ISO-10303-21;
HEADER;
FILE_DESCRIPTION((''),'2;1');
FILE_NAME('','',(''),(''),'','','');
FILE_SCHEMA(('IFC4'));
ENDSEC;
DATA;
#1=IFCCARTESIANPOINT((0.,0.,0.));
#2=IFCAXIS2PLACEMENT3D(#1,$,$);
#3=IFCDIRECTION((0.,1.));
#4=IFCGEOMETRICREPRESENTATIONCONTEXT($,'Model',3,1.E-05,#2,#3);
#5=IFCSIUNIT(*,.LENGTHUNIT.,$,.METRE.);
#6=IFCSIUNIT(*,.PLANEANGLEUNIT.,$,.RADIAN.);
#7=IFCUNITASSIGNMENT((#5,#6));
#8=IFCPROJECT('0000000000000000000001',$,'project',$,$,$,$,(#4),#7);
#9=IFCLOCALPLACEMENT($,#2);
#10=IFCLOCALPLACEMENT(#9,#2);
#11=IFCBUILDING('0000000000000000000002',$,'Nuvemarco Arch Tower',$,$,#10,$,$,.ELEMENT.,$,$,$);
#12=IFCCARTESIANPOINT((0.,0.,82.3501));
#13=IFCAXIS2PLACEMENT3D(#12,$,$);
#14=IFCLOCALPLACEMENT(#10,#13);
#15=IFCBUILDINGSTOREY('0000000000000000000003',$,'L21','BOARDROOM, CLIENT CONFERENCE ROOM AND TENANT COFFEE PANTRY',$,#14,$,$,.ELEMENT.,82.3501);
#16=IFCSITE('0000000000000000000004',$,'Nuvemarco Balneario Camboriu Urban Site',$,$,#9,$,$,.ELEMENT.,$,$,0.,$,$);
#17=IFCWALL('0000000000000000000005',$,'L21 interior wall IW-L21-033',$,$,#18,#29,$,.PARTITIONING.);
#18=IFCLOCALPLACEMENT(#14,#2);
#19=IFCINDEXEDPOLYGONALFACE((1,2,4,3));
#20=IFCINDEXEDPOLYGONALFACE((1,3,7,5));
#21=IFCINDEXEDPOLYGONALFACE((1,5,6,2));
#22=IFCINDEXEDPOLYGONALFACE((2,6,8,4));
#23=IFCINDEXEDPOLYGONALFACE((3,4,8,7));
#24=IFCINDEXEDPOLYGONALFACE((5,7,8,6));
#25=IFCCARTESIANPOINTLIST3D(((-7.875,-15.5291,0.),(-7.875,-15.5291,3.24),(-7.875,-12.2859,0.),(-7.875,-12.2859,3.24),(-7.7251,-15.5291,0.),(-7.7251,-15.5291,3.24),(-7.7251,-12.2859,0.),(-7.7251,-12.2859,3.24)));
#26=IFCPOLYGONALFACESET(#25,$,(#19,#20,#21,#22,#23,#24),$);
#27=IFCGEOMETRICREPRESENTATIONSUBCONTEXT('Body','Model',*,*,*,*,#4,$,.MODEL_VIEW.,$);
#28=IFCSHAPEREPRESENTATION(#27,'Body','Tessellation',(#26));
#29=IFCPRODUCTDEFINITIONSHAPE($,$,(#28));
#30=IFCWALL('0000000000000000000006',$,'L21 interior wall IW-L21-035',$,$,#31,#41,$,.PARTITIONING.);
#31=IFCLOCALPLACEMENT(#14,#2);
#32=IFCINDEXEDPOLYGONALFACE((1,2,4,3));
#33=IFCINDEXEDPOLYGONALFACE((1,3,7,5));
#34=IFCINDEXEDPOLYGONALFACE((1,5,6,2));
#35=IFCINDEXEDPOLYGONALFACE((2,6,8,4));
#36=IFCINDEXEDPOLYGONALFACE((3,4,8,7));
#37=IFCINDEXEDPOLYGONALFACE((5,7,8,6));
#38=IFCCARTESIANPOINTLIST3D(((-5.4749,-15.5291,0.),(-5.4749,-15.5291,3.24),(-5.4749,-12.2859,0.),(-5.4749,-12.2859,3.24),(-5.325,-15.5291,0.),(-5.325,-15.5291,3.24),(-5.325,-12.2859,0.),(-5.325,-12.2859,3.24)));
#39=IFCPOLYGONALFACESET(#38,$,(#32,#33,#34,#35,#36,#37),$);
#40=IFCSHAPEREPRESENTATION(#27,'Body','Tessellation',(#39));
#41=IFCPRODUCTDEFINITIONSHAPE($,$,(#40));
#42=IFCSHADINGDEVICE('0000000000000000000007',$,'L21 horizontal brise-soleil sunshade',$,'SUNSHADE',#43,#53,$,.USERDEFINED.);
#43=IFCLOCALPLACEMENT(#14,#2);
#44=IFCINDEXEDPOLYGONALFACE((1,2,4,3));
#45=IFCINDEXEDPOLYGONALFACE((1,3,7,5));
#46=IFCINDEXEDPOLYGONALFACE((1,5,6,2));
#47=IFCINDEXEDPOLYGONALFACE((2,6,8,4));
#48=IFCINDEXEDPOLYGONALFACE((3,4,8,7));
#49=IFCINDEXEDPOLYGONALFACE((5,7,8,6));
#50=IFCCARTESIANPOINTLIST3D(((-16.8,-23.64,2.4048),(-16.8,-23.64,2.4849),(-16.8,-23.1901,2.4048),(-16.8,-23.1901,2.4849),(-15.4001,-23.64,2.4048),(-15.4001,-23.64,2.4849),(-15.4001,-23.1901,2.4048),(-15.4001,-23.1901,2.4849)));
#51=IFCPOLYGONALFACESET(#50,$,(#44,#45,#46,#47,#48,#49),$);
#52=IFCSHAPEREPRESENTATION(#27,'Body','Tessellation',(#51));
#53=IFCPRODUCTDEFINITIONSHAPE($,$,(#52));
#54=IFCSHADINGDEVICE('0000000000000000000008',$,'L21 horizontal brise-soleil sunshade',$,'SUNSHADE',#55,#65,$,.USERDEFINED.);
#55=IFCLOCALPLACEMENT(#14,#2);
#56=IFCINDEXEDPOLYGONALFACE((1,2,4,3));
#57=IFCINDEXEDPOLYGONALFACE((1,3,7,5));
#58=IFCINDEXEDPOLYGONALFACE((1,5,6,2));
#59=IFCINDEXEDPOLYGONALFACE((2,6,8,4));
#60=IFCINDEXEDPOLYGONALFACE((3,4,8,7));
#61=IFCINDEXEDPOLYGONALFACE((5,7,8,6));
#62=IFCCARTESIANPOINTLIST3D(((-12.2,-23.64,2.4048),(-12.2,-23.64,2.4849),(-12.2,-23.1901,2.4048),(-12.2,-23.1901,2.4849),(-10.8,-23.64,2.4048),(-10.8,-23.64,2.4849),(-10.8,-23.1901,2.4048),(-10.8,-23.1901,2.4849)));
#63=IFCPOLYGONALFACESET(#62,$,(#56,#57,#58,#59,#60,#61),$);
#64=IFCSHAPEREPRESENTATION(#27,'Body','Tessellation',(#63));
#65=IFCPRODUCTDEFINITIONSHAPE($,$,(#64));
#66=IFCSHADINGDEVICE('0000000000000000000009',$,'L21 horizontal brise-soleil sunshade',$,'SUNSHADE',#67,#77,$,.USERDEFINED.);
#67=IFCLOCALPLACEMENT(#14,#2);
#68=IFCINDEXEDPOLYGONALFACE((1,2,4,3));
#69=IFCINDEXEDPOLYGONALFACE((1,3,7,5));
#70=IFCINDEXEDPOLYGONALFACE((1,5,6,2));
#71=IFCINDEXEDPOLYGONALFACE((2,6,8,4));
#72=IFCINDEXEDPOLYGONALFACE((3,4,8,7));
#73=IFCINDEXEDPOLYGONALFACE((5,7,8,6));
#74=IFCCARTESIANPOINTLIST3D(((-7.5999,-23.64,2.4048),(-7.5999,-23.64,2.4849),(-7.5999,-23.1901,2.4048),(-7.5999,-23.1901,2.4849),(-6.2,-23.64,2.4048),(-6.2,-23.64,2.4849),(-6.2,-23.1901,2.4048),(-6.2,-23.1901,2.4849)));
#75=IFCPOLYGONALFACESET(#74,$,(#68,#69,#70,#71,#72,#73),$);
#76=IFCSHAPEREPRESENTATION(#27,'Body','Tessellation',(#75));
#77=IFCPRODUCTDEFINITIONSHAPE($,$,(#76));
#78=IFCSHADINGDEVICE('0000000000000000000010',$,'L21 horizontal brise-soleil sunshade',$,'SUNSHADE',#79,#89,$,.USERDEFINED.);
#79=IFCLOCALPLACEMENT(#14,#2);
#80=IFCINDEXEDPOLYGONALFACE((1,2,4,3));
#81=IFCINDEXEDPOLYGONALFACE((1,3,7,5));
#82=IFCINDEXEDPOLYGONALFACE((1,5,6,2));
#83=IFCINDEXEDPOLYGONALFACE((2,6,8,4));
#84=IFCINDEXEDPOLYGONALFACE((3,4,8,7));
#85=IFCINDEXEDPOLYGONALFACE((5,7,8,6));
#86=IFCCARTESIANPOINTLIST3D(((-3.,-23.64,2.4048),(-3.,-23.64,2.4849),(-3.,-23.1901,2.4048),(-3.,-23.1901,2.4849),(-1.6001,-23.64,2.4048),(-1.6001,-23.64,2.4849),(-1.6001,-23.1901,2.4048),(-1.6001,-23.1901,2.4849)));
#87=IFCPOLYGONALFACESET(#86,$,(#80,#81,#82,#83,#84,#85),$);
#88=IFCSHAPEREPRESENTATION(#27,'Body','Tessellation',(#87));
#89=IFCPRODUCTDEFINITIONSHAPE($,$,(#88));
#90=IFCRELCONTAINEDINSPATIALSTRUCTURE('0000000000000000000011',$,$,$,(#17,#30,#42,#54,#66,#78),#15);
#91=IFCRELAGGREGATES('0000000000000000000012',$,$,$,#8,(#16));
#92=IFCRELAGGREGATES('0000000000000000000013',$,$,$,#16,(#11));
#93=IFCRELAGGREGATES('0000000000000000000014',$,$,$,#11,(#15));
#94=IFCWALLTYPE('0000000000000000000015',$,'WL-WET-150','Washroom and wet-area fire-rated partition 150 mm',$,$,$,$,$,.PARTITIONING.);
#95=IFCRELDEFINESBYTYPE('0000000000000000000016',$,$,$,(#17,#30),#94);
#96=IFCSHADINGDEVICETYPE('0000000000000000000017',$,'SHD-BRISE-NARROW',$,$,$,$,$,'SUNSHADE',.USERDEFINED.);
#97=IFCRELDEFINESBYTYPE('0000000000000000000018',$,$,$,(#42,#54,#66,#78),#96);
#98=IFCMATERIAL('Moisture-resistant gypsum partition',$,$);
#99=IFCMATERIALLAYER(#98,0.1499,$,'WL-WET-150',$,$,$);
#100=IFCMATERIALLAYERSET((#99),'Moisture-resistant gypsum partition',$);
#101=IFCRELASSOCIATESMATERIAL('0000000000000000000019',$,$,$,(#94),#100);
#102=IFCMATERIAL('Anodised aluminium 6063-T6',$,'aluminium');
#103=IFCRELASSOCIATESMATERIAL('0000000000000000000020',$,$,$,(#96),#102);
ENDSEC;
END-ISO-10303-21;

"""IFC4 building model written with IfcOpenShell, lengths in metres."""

from ifc_helpers import new_model, si_unit, direction, frame, frame_2d, origin, origin_2d, place, context, subcontext, project, spatial, rectangle, extrude, source, transform, mapped, material, layer, layer_set, type_object, type_shapes, element, save


model = new_model("IFC4")

# Units and contexts
model_context = context("Model", 3, precision=1e-05, world=origin(), true_north=direction((0.0, 1.0)))
body_context = subcontext(model_context, "Body", "Model", "MODEL_VIEW")
ifc_project = project(units=[si_unit("LENGTHUNIT", "METRE"), si_unit("PLANEANGLEUNIT", "RADIAN")], contexts=[model_context])

# Site, building, storey
site_placement = place(None, origin())
site = spatial("IfcSite", under=ifc_project, at=site_placement, Name="Nuvemarco Balneario Camboriu Urban Site", CompositionType="ELEMENT", RefElevation=0.0)
building_placement = place(site_placement, origin())
building = spatial("IfcBuilding", under=site, at=building_placement, Name="Nuvemarco Arch Tower", CompositionType="ELEMENT")
storey_placement = place(building_placement, frame((0.0, 0.0, 82.3501)))
storey = spatial("IfcBuildingStorey", under=building, at=storey_placement, Name="L21", Description="BOARDROOM, CLIENT CONFERENCE ROOM AND TENANT COFFEE PANTRY", CompositionType="ELEMENT", Elevation=82.3501)

# Walls
ifc_material_1 = material(Name="Moisture-resistant gypsum partition")
ifc_layer_1 = layer(ifc_material_1, 0.1499, Name="WL-WET-150")
ifc_layer_set_1 = layer_set([ifc_layer_1], Name="Moisture-resistant gypsum partition")
wall_type_1 = type_object("IfcWallType", Name="WL-WET-150", Description="Washroom and wet-area fire-rated partition 150 mm", PredefinedType="PARTITIONING", material=ifc_layer_set_1)
for number, where, z_axis, x_axis, name in (
    (1, (-7.8, -15.5291, 0.0), (0.0, 0.0, 1.0), (0.0, 1.0, 0.0), "L21 interior wall IW-L21-033"),
    (2, (-5.3999, -15.5291, 0.0), (0.0, 0.0, 1.0), (0.0, 1.0, 0.0), "L21 interior wall IW-L21-035"),
):
    element("IfcWall", number, at=place(storey_placement, frame(where, z_axis=z_axis, x_axis=x_axis)), inside=storey, type_object=wall_type_1, Name=name, PredefinedType="PARTITIONING", context=body_context, shape_type="SweptSolid", body=[
        extrude(rectangle(XDim=3.2432, YDim=0.1499, at=frame_2d((1.6216, 0.0))), origin(), (0.0, 0.0, 1.0), 3.24),
    ])

# Shading devices
ifc_material_2 = material(Name="Anodised aluminium 6063-T6", Category="aluminium")
shading_device_type = type_object("IfcShadingDeviceType", Name="SHD-BRISE-NARROW", ElementType="SUNSHADE", PredefinedType="USERDEFINED", material=ifc_material_2)
shared_shape_1 = source(origin(), body_context, "Body", "SweptSolid", [
    extrude(rectangle(XDim=1.3999, YDim=0.45, at=origin_2d()), origin(), (0.0, 0.0, 1.0), 0.0801),
])
type_shapes(shading_device_type, [shared_shape_1])
for number, where, z_axis, x_axis, name in (
    (3, (-16.1001, -23.415, 2.4048), (0.0, 0.0, 1.0), (1.0, 0.0, 0.0), "L21 horizontal brise-soleil sunshade"),
    (4, (-11.5, -23.415, 2.4048), (0.0, 0.0, 1.0), (1.0, 0.0, 0.0), "L21 horizontal brise-soleil sunshade"),
    (5, (-6.8999, -23.415, 2.4048), (0.0, 0.0, 1.0), (1.0, 0.0, 0.0), "L21 horizontal brise-soleil sunshade"),
    (6, (-2.3, -23.415, 2.4048), (0.0, 0.0, 1.0), (1.0, 0.0, 0.0), "L21 horizontal brise-soleil sunshade"),
):
    element("IfcShadingDevice", number, at=place(storey_placement, frame(where, z_axis=z_axis, x_axis=x_axis)), inside=storey, type_object=shading_device_type, Name=name, ObjectType="SUNSHADE", PredefinedType="USERDEFINED", context=body_context, shape_type="MappedRepresentation", body=[
        mapped(shared_shape_1, transform((0.0, 0.0, 0.0), scale=1.0)),
    ])

save(model, "model.ifc")
